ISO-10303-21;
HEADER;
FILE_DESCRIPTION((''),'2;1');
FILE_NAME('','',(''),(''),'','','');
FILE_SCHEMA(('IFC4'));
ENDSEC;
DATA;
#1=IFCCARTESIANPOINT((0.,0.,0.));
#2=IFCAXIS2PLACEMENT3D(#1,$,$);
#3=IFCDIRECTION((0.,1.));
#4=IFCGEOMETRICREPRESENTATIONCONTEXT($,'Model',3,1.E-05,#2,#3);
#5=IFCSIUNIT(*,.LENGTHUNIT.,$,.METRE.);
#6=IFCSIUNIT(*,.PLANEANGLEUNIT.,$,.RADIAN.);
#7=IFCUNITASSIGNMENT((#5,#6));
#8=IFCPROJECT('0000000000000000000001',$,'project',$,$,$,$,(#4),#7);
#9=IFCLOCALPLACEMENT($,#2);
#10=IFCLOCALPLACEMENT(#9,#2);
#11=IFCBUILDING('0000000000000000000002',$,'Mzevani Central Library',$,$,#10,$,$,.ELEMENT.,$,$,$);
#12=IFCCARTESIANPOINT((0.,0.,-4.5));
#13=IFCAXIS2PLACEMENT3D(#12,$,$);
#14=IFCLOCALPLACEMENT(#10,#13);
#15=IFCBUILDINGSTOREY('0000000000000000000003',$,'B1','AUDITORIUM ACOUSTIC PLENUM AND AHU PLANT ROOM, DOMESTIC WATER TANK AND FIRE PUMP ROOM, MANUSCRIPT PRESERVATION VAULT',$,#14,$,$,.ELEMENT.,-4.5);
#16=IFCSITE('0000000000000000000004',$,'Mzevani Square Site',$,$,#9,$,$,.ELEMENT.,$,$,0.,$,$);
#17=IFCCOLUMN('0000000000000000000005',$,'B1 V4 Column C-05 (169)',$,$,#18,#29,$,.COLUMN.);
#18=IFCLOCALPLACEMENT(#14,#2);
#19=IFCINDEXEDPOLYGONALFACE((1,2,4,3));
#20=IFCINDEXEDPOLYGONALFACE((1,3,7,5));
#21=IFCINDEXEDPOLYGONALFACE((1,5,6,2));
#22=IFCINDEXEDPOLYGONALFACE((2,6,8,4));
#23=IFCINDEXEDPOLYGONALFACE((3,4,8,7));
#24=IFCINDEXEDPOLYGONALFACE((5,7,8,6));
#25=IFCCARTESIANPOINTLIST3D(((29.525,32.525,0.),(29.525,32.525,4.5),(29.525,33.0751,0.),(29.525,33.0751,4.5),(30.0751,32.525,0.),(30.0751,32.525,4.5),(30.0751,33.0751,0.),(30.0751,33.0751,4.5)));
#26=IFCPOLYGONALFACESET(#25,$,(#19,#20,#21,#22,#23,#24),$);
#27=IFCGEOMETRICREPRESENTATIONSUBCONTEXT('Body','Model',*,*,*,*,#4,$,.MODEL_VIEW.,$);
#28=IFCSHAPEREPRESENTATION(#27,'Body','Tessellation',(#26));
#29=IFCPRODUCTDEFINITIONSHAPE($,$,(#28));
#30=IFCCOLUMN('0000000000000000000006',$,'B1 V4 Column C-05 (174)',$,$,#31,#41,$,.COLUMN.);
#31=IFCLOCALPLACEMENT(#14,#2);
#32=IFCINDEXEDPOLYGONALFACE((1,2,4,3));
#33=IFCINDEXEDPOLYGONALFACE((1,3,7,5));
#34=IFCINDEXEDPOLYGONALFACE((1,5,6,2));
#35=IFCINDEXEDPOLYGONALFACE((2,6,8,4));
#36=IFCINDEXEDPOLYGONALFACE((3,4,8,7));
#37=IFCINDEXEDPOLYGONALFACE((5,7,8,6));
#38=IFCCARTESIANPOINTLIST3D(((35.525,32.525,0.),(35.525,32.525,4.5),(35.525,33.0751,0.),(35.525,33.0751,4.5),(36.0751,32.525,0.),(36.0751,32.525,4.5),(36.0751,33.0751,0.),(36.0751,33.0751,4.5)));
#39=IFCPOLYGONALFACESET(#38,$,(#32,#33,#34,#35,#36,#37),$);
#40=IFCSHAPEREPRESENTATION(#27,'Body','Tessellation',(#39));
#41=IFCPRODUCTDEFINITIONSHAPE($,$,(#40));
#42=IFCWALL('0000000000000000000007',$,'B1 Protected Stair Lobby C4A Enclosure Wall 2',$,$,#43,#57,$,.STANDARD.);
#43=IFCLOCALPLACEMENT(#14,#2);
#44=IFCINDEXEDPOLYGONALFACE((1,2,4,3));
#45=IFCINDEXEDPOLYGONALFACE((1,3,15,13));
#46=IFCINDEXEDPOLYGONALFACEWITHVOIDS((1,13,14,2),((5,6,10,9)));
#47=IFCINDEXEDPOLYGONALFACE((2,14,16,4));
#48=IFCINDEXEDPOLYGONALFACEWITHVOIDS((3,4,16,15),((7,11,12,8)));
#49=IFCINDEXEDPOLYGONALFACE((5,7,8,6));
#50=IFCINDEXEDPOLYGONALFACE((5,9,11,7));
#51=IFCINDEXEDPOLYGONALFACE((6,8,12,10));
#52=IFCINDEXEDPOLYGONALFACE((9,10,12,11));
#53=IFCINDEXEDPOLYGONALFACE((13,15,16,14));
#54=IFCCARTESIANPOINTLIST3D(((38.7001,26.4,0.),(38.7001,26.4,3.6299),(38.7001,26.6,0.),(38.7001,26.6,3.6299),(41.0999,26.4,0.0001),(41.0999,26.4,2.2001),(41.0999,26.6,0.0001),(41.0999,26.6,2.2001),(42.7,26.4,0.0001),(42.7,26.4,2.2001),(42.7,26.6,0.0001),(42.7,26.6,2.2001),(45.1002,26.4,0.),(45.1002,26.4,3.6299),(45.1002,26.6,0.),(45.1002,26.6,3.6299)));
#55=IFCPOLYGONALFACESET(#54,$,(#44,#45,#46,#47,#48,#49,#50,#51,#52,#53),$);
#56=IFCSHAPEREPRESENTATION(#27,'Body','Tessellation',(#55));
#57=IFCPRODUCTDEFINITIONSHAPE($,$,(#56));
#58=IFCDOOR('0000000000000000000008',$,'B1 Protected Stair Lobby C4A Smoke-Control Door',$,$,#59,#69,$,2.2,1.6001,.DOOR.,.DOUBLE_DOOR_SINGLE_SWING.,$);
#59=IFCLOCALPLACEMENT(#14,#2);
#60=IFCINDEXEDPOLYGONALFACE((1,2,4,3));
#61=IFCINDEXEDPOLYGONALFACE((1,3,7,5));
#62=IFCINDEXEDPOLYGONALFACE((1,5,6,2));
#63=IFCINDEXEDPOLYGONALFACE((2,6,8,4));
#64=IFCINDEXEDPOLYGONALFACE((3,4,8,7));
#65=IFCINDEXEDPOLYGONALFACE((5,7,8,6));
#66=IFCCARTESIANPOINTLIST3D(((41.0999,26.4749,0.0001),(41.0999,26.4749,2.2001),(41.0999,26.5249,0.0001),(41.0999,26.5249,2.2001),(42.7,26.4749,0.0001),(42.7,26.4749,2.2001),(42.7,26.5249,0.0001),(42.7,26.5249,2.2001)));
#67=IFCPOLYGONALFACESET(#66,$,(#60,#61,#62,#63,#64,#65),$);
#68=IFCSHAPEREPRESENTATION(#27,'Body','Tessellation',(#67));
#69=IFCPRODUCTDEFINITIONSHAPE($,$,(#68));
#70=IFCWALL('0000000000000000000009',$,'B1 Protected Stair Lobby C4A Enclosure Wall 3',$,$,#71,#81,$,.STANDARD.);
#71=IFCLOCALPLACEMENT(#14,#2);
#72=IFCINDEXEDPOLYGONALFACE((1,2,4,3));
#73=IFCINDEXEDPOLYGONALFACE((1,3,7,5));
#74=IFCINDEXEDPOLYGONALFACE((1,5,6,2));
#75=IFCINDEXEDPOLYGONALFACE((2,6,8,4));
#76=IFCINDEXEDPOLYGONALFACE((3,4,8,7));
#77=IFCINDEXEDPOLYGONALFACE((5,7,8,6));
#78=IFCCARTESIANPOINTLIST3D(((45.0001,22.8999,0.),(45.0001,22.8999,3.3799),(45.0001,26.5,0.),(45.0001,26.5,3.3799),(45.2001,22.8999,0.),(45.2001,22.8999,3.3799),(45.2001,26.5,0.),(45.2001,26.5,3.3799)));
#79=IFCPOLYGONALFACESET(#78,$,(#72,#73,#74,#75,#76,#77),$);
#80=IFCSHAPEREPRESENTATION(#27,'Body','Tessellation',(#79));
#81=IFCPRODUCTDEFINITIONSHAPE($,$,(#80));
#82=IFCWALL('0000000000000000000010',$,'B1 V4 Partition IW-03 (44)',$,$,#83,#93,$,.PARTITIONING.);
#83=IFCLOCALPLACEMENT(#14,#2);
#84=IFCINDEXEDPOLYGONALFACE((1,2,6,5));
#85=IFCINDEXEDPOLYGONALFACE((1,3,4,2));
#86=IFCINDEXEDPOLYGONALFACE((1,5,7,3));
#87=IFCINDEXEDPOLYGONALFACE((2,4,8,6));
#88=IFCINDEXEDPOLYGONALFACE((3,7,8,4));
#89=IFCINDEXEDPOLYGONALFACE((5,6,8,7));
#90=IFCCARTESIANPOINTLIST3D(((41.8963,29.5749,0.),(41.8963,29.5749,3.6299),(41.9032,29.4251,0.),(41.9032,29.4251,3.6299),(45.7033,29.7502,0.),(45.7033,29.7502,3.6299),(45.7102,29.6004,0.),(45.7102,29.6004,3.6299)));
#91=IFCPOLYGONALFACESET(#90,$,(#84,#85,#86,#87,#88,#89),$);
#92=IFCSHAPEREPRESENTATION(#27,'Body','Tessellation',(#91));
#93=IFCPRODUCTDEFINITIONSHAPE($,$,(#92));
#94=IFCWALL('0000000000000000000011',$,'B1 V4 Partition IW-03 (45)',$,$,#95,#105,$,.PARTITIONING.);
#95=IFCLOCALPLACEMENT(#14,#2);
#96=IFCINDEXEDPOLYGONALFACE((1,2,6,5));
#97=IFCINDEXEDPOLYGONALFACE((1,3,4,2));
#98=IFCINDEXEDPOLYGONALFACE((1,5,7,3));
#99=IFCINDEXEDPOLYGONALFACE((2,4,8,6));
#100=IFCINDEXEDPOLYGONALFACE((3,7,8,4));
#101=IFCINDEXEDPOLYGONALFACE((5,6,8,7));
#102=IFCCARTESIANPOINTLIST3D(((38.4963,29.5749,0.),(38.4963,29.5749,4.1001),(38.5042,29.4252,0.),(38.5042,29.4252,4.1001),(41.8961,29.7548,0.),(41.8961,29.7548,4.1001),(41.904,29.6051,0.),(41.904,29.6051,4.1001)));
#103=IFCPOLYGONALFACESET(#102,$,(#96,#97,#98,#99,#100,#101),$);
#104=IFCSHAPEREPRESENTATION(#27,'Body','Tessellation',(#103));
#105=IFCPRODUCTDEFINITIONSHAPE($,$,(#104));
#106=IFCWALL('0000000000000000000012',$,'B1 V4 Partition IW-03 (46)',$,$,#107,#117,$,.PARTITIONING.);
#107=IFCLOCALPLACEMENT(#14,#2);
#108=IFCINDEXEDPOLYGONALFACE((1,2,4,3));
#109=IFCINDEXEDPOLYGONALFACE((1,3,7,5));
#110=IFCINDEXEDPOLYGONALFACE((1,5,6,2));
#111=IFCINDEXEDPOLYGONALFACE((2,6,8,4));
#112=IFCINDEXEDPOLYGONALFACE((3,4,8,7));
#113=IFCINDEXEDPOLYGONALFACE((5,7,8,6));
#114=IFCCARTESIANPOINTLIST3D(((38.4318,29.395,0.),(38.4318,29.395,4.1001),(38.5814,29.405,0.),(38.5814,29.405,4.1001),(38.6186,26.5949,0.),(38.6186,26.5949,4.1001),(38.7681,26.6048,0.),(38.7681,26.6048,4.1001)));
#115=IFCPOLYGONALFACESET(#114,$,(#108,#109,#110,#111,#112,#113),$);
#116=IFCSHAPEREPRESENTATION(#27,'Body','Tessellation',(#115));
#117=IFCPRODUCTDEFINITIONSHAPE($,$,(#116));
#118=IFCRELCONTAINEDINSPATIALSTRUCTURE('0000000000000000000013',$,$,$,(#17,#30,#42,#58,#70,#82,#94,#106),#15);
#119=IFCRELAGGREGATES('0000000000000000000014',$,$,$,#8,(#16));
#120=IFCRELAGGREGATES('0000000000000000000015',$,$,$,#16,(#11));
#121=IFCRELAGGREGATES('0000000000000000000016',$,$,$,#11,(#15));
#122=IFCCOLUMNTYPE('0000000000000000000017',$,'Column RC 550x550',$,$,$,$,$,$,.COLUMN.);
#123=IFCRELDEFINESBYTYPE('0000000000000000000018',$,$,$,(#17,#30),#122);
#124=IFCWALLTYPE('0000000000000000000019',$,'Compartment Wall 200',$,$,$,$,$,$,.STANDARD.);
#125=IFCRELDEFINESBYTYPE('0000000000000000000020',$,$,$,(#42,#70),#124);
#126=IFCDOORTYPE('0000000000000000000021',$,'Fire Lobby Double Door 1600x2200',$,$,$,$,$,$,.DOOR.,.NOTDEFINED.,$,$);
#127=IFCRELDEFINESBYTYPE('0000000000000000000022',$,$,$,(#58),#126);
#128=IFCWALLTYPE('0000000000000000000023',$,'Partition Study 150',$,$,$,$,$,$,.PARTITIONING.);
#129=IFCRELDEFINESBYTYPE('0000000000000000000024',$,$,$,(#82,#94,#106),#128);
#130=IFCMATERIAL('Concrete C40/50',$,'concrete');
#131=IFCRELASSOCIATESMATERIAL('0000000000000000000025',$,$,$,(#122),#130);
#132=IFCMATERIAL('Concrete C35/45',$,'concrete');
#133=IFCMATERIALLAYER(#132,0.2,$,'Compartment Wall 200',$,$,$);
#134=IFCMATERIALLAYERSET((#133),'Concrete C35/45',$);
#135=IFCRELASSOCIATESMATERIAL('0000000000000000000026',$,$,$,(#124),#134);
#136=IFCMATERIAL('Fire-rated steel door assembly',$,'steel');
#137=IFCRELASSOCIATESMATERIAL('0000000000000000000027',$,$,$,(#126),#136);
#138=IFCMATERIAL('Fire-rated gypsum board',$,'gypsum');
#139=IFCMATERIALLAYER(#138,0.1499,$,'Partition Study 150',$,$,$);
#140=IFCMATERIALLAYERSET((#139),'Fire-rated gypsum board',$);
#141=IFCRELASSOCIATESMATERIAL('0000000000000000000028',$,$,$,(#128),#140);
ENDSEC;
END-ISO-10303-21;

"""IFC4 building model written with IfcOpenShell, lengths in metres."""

from ifc_helpers import new_model, si_unit, direction, frame, frame_2d, origin, origin_2d, place, context, subcontext, project, spatial, rectangle, extrude, material, layer, layer_set, material_profile, profile_set, type_object, element, fill, save


model = new_model("IFC4")

# Units and contexts
model_context = context("Model", 3, precision=1e-05, world=origin(), true_north=direction((0.0, 1.0)))
body_context = subcontext(model_context, "Body", "Model", "MODEL_VIEW")
ifc_project = project(units=[si_unit("LENGTHUNIT", "METRE"), si_unit("PLANEANGLEUNIT", "RADIAN")], contexts=[model_context])

# Site, building, storey
site_placement = place(None, origin())
site = spatial("IfcSite", under=ifc_project, at=site_placement, Name="Mzevani Square Site", CompositionType="ELEMENT", RefElevation=0.0)
building_placement = place(site_placement, origin())
building = spatial("IfcBuilding", under=site, at=building_placement, Name="Mzevani Central Library", CompositionType="ELEMENT")
storey_placement = place(building_placement, frame((0.0, 0.0, -4.5)))
storey = spatial("IfcBuildingStorey", under=building, at=storey_placement, Name="B1", Description="AUDITORIUM ACOUSTIC PLENUM AND AHU PLANT ROOM, DOMESTIC WATER TANK AND FIRE PUMP ROOM, MANUSCRIPT PRESERVATION VAULT", CompositionType="ELEMENT", Elevation=-4.5)

# Shared definitions
ifc_material_1 = material(Name="Concrete C40/50", Category="concrete")

# Columns
ifc_material_profile_1 = material_profile(ifc_material_1, rectangle(XDim=0.55, YDim=0.55, at=origin_2d()), Name="RC 550x550")
ifc_profile_set_1 = profile_set([ifc_material_profile_1], Name="Concrete C40/50")
column_type = type_object("IfcColumnType", Name="Column RC 550x550", PredefinedType="COLUMN", material=ifc_profile_set_1)
for number, where, z_axis, x_axis, name in (
    (1, (29.8, 32.8, 0.0), (0.0, 0.0, 1.0), (1.0, 0.0, 0.0), "B1 V4 Column C-05 (169)"),
    (2, (35.8, 32.8, 0.0), (0.0, 0.0, 1.0), (1.0, 0.0, 0.0), "B1 V4 Column C-05 (174)"),
):
    element("IfcColumn", number, at=place(storey_placement, frame(where, z_axis=z_axis, x_axis=x_axis)), inside=storey, type_object=column_type, Name=name, PredefinedType="COLUMN", context=body_context, shape_type="SweptSolid", body=[
        extrude(rectangle(XDim=0.55, YDim=0.55, at=origin_2d()), origin(), (0.0, 0.0, 1.0), 4.5),
    ])

# Wall, opening, door
ifc_material_2 = material(Name="Concrete C35/45", Category="concrete")
ifc_layer_1 = layer(ifc_material_2, 0.2, Name="Compartment Wall 200")
ifc_layer_set_1 = layer_set([ifc_layer_1], Name="Concrete C35/45")
wall_type_1 = type_object("IfcWallType", Name="Compartment Wall 200", PredefinedType="STANDARD", material=ifc_layer_set_1)
wall_1_placement = place(storey_placement, frame((38.7, 26.5, 0.0), z_axis=(0.0, 0.0, 1.0), x_axis=(1.0, 0.0, 0.0)))
wall_1 = element("IfcWall", 3, at=wall_1_placement, inside=storey, type_object=wall_type_1, Name="B1 Protected Stair Lobby C4A Enclosure Wall 2", PredefinedType="STANDARD", context=body_context, shape_type="SweptSolid", body=[
    extrude(rectangle(XDim=6.4001, YDim=0.2, at=frame_2d((3.2002, 0.0))), origin(), (0.0, 0.0, 1.0), 3.6299),
])
opening_placement = place(wall_1_placement, frame((2.3999, 0.0, 0.0)))
opening = element("IfcOpeningElement", 4, at=opening_placement, cuts=wall_1, PredefinedType="OPENING", context=body_context, shape_type="SweptSolid", body=[
    extrude(rectangle(XDim=1.6001, YDim=2.2, at=frame_2d((0.8, 1.1001))), frame((0.0, 0.1099, 0.0), z_axis=(0.0, -1.0, 0.0), x_axis=(1.0, 0.0, 0.0)), (0.0, 0.0, 1.0), 0.22),
])
ifc_material_3 = material(Name="Fire-rated steel door assembly", Category="steel")
door_type = type_object("IfcDoorType", Name="Fire Lobby Double Door 1600x2200", OperationType="NOTDEFINED", PredefinedType="DOOR", material=ifc_material_3)
door_placement = place(opening_placement, origin())
door = element("IfcDoor", 5, at=door_placement, inside=storey, type_object=door_type, Name="B1 Protected Stair Lobby C4A Smoke-Control Door", OperationType="DOUBLE_DOOR_SINGLE_SWING", OverallHeight=2.2, OverallWidth=1.6001, PredefinedType="DOOR", context=body_context, shape_type="SweptSolid", body=[
    extrude(rectangle(XDim=1.6001, YDim=2.2, at=frame_2d((0.8, 1.1001))), frame((0.0, 0.0249, 0.0), z_axis=(0.0, -1.0, 0.0), x_axis=(1.0, 0.0, 0.0)), (0.0, 0.0, 1.0), 0.05),
])
fill(opening, door)

# Walls
wall_2_placement = place(storey_placement, frame((45.1001, 26.5, 0.0), z_axis=(0.0, 0.0, 1.0), x_axis=(0.0, -1.0, 0.0)))
element("IfcWall", 6, at=wall_2_placement, inside=storey, type_object=wall_type_1, Name="B1 Protected Stair Lobby C4A Enclosure Wall 3", PredefinedType="STANDARD", context=body_context, shape_type="SweptSolid", body=[
    extrude(rectangle(XDim=3.6001, YDim=0.2, at=frame_2d((1.8, 0.0))), origin(), (0.0, 0.0, 1.0), 3.3799),
])
ifc_material_4 = material(Name="Fire-rated gypsum board", Category="gypsum")
ifc_layer_2 = layer(ifc_material_4, 0.1499, Name="Partition Study 150")
ifc_layer_set_2 = layer_set([ifc_layer_2], Name="Fire-rated gypsum board")
wall_type_2 = type_object("IfcWallType", Name="Partition Study 150", PredefinedType="PARTITIONING", material=ifc_layer_set_2)
wall_3_placement = place(storey_placement, frame((45.7068, 29.6753, 0.0), z_axis=(0.0, 0.0, 1.0), x_axis=(-0.998942, -0.045998, 0.0)))
element("IfcWall", 7, at=wall_3_placement, inside=storey, type_object=wall_type_2, Name="B1 V4 Partition IW-03 (44)", PredefinedType="PARTITIONING", context=body_context, shape_type="SweptSolid", body=[
    extrude(rectangle(XDim=3.811, YDim=0.1499, at=frame_2d((1.9055, 0.0))), origin(), (0.0, 0.0, 1.0), 3.6299),
])
wall_4_placement = place(storey_placement, frame((41.8999, 29.6799, 0.0), z_axis=(0.0, 0.0, 1.0), x_axis=(-0.998603, -0.052849, 0.0)))
element("IfcWall", 8, at=wall_4_placement, inside=storey, type_object=wall_type_2, Name="B1 V4 Partition IW-03 (45)", PredefinedType="PARTITIONING", context=body_context, shape_type="SweptSolid", body=[
    extrude(rectangle(XDim=3.4045, YDim=0.1499, at=frame_2d((1.7021, 0.0))), origin(), (0.0, 0.0, 1.0), 4.1001),
])
wall_5_placement = place(storey_placement, frame((38.5066, 29.4001, 0.0), z_axis=(0.0, 0.0, 1.0), x_axis=(0.066548, -0.997783, 0.0)))
element("IfcWall", 9, at=wall_5_placement, inside=storey, type_object=wall_type_2, Name="B1 V4 Partition IW-03 (46)", PredefinedType="PARTITIONING", context=body_context, shape_type="SweptSolid", body=[
    extrude(rectangle(XDim=2.8064, YDim=0.1499, at=frame_2d((1.4033, 0.0))), origin(), (0.0, 0.0, 1.0), 4.1001),
])

save(model, "model.ifc")
